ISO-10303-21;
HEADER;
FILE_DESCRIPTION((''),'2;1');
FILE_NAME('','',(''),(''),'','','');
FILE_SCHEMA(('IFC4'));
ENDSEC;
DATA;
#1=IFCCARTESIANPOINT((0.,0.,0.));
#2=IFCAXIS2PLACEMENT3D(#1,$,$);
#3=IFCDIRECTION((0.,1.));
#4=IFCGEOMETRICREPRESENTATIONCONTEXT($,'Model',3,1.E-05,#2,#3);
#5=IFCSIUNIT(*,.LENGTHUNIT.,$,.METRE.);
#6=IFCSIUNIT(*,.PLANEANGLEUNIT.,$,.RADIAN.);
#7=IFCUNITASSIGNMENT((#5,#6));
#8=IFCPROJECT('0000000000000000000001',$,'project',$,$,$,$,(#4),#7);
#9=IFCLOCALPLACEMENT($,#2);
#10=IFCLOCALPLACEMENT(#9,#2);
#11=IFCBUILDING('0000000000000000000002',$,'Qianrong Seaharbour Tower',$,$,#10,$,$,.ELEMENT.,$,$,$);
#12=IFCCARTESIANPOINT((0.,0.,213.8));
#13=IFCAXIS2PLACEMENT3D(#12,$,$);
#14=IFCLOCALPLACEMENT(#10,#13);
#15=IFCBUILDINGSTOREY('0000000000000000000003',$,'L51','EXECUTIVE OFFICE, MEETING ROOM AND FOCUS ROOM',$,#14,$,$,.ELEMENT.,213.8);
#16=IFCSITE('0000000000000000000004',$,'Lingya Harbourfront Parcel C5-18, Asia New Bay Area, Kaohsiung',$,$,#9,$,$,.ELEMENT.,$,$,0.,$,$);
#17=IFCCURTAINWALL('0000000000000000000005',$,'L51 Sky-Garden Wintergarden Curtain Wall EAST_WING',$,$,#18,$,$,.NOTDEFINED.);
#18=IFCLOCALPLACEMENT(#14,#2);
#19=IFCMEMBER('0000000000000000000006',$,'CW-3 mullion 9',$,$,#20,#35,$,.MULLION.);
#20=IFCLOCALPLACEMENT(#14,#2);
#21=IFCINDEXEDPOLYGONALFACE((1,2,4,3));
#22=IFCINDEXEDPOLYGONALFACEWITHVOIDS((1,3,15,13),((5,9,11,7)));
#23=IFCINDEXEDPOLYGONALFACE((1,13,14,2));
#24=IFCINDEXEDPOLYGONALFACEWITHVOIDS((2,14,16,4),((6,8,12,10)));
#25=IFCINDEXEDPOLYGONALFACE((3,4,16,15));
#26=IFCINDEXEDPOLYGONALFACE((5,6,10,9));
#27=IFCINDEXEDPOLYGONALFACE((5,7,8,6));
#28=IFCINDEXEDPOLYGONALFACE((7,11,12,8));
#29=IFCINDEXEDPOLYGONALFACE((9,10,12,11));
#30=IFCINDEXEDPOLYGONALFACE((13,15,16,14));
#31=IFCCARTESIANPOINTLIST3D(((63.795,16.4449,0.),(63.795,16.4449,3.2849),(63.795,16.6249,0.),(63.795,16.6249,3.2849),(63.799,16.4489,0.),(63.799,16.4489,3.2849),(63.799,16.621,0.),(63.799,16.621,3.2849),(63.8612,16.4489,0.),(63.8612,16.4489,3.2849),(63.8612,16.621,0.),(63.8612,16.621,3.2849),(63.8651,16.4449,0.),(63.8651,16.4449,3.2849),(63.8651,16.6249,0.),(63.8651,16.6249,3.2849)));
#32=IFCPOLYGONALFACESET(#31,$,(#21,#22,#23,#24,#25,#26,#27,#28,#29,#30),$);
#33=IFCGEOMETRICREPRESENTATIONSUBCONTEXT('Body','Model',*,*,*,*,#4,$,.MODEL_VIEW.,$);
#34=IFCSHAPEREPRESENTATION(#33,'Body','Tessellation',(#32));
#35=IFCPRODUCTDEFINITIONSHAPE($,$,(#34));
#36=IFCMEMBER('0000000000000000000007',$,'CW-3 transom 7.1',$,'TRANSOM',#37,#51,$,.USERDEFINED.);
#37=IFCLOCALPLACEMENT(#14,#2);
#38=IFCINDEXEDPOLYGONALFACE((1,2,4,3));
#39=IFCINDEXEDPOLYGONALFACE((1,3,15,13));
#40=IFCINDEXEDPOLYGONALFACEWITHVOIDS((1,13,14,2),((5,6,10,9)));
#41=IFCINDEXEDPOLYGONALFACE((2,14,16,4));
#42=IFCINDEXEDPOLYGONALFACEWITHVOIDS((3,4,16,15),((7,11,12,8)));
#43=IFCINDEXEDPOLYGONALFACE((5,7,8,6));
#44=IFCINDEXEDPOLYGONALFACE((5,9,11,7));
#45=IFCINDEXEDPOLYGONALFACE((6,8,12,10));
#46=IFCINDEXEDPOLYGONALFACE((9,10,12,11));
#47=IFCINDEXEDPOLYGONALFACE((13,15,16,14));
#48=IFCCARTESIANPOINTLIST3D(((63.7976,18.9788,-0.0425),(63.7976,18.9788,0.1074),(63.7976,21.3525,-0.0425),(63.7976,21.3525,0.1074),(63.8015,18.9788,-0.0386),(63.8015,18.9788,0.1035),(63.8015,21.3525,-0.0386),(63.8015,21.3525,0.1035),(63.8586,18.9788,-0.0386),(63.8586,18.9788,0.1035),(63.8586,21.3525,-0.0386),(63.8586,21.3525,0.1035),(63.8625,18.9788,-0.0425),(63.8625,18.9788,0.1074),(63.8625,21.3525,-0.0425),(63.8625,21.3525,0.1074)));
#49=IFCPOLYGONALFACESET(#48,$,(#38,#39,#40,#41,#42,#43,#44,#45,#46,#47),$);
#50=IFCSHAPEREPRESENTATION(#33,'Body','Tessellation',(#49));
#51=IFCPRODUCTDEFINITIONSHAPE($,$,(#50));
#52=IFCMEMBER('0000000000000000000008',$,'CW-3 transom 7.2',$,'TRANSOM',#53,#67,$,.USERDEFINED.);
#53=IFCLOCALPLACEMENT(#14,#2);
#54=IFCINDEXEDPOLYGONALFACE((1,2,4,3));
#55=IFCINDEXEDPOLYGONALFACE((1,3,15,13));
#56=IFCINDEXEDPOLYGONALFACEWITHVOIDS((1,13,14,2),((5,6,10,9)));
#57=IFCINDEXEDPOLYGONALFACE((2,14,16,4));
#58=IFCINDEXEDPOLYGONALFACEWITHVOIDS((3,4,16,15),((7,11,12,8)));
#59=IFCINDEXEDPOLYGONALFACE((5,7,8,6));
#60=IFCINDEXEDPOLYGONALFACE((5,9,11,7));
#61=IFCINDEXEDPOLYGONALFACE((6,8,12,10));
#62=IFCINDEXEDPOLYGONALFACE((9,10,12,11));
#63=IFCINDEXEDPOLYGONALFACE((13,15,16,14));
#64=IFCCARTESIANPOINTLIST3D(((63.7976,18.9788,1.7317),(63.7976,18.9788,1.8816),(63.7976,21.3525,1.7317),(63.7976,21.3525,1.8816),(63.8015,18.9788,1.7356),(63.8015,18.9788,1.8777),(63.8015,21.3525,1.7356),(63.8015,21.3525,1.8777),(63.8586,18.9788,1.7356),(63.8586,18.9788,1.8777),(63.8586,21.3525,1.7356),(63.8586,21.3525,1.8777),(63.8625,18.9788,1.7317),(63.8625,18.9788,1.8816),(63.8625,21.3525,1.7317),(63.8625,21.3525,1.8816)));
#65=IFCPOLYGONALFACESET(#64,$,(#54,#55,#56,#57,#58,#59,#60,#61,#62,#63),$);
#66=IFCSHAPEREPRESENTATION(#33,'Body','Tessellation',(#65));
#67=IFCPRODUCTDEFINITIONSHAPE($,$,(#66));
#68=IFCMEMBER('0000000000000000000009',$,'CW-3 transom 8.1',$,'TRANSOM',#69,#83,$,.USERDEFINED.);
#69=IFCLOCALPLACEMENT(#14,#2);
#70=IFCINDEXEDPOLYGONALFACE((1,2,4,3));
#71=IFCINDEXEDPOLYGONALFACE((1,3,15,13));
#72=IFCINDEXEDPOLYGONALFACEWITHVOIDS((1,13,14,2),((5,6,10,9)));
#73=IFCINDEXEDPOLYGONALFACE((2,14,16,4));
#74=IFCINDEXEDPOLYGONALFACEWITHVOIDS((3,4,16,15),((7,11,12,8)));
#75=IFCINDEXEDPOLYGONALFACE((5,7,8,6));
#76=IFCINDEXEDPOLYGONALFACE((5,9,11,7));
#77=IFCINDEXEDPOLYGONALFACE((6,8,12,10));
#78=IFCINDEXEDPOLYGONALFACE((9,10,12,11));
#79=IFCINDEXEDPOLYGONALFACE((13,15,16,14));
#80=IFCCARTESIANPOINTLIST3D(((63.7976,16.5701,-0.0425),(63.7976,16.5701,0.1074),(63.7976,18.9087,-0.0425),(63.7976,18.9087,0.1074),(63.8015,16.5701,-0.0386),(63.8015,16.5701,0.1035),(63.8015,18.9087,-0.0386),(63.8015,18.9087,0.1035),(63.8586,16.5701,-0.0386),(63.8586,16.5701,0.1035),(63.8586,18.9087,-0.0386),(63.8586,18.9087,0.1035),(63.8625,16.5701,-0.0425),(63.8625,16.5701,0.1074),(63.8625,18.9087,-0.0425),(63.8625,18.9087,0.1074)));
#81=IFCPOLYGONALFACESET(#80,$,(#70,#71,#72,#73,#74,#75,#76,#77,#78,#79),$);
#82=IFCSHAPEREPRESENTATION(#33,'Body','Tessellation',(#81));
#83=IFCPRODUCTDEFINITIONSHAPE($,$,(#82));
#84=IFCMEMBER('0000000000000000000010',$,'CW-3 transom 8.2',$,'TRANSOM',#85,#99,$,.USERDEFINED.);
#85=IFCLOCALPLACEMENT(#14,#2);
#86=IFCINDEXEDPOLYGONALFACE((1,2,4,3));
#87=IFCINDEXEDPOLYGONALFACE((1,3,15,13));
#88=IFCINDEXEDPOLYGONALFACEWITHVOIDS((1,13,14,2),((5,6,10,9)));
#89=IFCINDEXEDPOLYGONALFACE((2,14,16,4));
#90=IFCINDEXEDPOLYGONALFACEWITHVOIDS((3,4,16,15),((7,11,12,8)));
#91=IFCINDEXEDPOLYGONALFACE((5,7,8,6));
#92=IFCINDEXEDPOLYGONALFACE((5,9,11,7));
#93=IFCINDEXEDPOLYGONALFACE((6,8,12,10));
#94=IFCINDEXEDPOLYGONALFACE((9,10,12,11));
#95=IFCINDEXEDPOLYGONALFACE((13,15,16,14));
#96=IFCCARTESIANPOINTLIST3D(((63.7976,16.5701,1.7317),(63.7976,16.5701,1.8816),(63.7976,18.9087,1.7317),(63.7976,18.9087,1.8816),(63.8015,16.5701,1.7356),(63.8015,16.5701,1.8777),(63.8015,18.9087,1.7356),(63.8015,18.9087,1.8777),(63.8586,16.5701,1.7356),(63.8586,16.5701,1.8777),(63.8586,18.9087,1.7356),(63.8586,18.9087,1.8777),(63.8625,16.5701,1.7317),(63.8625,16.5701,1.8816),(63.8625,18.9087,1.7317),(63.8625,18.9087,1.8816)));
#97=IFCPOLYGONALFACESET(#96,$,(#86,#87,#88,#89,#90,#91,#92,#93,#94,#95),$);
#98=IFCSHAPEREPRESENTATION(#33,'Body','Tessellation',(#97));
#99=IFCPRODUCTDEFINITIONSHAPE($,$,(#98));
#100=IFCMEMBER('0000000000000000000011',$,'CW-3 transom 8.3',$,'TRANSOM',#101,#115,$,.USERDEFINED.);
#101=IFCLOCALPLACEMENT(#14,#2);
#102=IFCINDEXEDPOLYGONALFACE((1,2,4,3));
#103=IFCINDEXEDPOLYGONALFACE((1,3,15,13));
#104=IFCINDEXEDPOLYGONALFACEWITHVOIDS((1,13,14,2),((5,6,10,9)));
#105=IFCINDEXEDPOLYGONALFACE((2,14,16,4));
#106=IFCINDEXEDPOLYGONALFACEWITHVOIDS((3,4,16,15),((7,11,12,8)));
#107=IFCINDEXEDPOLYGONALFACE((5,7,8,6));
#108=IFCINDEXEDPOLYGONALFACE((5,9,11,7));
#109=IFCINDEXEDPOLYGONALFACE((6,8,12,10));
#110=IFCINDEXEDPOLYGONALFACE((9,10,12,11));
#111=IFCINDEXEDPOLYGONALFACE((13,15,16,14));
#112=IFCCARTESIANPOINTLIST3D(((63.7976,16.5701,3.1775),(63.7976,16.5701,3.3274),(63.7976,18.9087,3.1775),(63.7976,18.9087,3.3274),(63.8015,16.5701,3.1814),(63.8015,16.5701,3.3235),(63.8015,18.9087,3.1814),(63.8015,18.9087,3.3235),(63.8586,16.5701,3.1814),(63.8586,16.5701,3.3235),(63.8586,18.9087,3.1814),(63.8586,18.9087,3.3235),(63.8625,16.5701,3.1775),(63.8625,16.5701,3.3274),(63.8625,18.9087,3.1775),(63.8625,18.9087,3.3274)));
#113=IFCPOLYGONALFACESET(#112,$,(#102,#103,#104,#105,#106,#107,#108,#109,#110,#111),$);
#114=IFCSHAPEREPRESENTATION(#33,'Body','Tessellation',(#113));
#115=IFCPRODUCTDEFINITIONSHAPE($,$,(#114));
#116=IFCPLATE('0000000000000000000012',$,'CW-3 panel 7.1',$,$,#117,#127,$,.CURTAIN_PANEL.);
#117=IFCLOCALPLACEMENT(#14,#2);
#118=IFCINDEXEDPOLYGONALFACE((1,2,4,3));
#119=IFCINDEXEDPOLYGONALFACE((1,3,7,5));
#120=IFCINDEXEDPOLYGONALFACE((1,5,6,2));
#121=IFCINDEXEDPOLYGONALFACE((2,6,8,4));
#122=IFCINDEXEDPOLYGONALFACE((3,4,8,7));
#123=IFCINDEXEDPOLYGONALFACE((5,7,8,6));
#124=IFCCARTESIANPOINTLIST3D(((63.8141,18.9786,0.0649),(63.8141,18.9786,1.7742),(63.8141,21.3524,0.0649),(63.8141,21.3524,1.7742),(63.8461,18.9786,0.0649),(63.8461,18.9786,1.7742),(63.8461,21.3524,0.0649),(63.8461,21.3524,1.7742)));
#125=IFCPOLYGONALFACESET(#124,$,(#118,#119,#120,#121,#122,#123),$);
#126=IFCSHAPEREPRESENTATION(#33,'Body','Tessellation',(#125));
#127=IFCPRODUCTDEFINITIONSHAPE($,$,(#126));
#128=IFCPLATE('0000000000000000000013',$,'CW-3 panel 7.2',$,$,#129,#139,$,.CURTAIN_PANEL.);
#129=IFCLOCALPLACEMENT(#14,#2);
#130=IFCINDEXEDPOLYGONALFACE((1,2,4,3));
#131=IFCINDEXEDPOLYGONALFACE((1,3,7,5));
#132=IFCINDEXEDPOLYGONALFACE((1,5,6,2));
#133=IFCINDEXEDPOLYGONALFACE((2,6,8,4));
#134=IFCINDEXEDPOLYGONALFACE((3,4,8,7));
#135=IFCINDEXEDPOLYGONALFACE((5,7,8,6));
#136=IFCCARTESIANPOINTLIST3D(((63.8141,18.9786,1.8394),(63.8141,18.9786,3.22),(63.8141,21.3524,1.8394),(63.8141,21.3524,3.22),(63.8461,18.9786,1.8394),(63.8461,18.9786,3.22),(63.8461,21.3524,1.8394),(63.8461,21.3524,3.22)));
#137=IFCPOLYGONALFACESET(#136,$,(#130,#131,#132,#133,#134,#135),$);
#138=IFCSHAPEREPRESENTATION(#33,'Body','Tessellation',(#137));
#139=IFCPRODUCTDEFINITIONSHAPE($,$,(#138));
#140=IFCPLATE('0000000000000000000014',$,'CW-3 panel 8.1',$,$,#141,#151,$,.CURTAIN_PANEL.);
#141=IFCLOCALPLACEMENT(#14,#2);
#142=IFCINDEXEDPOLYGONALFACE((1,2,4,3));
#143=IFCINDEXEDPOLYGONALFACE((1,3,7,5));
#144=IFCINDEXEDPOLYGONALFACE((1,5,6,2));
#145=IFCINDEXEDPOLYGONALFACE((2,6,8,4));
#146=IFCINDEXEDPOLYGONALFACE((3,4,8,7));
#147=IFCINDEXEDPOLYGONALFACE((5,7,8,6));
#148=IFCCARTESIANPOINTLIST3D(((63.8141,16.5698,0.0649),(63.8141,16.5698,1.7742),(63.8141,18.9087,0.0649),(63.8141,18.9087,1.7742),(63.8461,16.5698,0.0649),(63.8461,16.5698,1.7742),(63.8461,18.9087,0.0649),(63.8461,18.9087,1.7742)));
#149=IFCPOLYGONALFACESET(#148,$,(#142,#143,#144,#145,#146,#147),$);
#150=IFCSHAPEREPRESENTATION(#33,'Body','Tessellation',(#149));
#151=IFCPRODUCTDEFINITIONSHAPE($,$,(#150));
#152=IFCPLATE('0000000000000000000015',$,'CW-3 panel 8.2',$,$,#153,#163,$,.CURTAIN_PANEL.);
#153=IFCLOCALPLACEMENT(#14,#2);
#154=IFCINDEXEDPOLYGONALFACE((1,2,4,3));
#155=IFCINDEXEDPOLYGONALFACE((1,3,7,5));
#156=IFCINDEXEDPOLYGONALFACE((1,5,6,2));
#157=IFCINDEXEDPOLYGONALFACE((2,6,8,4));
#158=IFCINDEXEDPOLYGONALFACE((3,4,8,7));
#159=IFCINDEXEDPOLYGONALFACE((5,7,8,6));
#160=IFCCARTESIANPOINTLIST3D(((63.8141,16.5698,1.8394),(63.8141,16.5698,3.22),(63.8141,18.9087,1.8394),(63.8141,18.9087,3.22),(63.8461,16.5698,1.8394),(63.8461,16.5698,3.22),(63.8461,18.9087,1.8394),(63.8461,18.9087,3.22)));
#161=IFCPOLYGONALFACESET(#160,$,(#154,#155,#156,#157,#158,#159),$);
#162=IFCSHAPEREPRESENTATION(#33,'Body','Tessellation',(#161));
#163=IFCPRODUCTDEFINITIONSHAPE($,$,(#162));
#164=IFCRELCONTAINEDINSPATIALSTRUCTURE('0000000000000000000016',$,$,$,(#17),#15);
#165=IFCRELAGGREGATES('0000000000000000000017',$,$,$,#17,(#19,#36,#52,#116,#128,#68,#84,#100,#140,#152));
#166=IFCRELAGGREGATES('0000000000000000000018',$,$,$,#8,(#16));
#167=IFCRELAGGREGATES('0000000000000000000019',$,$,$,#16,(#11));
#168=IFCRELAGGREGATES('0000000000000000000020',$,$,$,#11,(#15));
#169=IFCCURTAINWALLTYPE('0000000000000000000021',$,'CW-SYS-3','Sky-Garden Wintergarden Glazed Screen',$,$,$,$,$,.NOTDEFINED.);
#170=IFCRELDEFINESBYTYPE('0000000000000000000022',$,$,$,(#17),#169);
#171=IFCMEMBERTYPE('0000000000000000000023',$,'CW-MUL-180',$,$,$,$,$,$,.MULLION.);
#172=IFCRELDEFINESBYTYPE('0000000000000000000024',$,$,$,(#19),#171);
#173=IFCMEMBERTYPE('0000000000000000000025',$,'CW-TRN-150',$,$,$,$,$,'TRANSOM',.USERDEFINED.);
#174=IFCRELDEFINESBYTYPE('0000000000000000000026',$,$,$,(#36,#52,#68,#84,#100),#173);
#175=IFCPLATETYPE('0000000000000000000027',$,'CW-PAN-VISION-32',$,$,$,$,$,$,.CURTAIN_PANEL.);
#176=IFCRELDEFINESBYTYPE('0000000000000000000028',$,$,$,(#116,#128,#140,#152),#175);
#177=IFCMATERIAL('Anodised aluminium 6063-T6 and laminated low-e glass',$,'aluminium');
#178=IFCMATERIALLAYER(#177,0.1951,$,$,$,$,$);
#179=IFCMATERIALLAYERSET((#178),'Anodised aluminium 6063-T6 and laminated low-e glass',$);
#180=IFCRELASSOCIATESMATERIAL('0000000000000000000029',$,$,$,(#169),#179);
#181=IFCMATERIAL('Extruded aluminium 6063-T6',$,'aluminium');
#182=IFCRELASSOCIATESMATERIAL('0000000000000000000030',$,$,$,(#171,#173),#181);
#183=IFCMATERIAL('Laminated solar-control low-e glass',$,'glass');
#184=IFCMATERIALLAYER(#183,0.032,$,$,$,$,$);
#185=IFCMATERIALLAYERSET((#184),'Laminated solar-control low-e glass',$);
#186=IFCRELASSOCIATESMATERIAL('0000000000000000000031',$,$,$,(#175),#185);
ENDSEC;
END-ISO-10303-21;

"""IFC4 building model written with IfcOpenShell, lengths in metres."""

from ifc_helpers import new_model, si_unit, direction, frame, origin, origin_2d, place, context, subcontext, project, spatial, rectangle, hollow_rectangle, extrude, material, layer, layer_set, material_profile, profile_set, type_object, element, aggregate, save


model = new_model("IFC4")

# Units and contexts
model_context = context("Model", 3, precision=1e-05, world=origin(), true_north=direction((0.0, 1.0)))
body_context = subcontext(model_context, "Body", "Model", "MODEL_VIEW")
ifc_project = project(units=[si_unit("LENGTHUNIT", "METRE"), si_unit("PLANEANGLEUNIT", "RADIAN")], contexts=[model_context])

# Site, building, storey
site_placement = place(None, origin())
site = spatial("IfcSite", under=ifc_project, at=site_placement, Name="Lingya Harbourfront Parcel C5-18, Asia New Bay Area, Kaohsiung", CompositionType="ELEMENT", RefElevation=0.0)
building_placement = place(site_placement, origin())
building = spatial("IfcBuilding", under=site, at=building_placement, Name="Qianrong Seaharbour Tower", CompositionType="ELEMENT")
storey_placement = place(building_placement, frame((0.0, 0.0, 213.8)))
storey = spatial("IfcBuildingStorey", under=building, at=storey_placement, Name="L51", Description="EXECUTIVE OFFICE, MEETING ROOM AND FOCUS ROOM", CompositionType="ELEMENT", Elevation=213.8)

# Curtain wall, members, plates
ifc_material_1 = material(Name="Anodised aluminium 6063-T6 and laminated low-e glass", Category="aluminium")
ifc_layer_1 = layer(ifc_material_1, 0.1951)
ifc_layer_set_1 = layer_set([ifc_layer_1], Name="Anodised aluminium 6063-T6 and laminated low-e glass")
curtain_wall_type = type_object("IfcCurtainWallType", Name="CW-SYS-3", Description="Sky-Garden Wintergarden Glazed Screen", PredefinedType="NOTDEFINED", material=ifc_layer_set_1)
curtain_wall_placement = place(storey_placement, origin())
curtain_wall = element("IfcCurtainWall", 1, at=curtain_wall_placement, inside=storey, type_object=curtain_wall_type, Name="L51 Sky-Garden Wintergarden Curtain Wall EAST_WING", PredefinedType="NOTDEFINED")
ifc_material_2 = material(Name="Extruded aluminium 6063-T6", Category="aluminium")
ifc_material_profile_1 = material_profile(ifc_material_2, hollow_rectangle(XDim=0.0701, YDim=0.1799, WallThickness=0.0039, at=origin_2d()), Name="ALU-MUL-180x70x4")
ifc_profile_set_1 = profile_set([ifc_material_profile_1], Name="Extruded aluminium 6063-T6")
member_type_1 = type_object("IfcMemberType", Name="CW-MUL-180", PredefinedType="MULLION", material=ifc_profile_set_1)
member_1_placement = place(storey_placement, frame((63.8301, 16.5349, 0.0), z_axis=(0.0, 0.0, 1.0), x_axis=(1.0, 0.0, 0.0)))
member_1 = element("IfcMember", 2, at=member_1_placement, type_object=member_type_1, Name="CW-3 mullion 9", PredefinedType="MULLION", context=body_context, shape_type="SweptSolid", body=[
    extrude(hollow_rectangle(XDim=0.0701, YDim=0.1799, WallThickness=0.0039, at=origin_2d()), origin(), (0.0, 0.0, 1.0), 3.2849),
])
ifc_material_profile_2 = material_profile(ifc_material_2, hollow_rectangle(XDim=0.0649, YDim=0.1499, WallThickness=0.0039, at=origin_2d()), Name="ALU-TRN-150x65x4")
ifc_profile_set_2 = profile_set([ifc_material_profile_2], Name="Extruded aluminium 6063-T6")
member_type_2 = type_object("IfcMemberType", Name="CW-TRN-150", ElementType="TRANSOM", PredefinedType="USERDEFINED", material=ifc_profile_set_2)
member_2_placement = place(storey_placement, frame((63.8301, 21.3525, 0.0325), z_axis=(0.0, -1.0, 0.0), x_axis=(1.0, 0.0, 0.0)))
member_2 = element("IfcMember", 3, at=member_2_placement, type_object=member_type_2, Name="CW-3 transom 7.1", ObjectType="TRANSOM", PredefinedType="USERDEFINED", context=body_context, shape_type="SweptSolid", body=[
    extrude(hollow_rectangle(XDim=0.0649, YDim=0.1499, WallThickness=0.0039, at=origin_2d()), origin(), (0.0, 0.0, 1.0), 2.3738),
])
member_3_placement = place(storey_placement, frame((63.8301, 21.3525, 1.8066), z_axis=(0.0, -1.0, 0.0), x_axis=(1.0, 0.0, 0.0)))
member_3 = element("IfcMember", 4, at=member_3_placement, type_object=member_type_2, Name="CW-3 transom 7.2", ObjectType="TRANSOM", PredefinedType="USERDEFINED", context=body_context, shape_type="SweptSolid", body=[
    extrude(hollow_rectangle(XDim=0.0649, YDim=0.1499, WallThickness=0.0039, at=origin_2d()), origin(), (0.0, 0.0, 1.0), 2.3738),
])
member_4_placement = place(storey_placement, frame((63.8301, 18.9087, 0.0325), z_axis=(0.0, -1.0, 0.0), x_axis=(1.0, 0.0, 0.0)))
member_4 = element("IfcMember", 5, at=member_4_placement, type_object=member_type_2, Name="CW-3 transom 8.1", ObjectType="TRANSOM", PredefinedType="USERDEFINED", context=body_context, shape_type="SweptSolid", body=[
    extrude(hollow_rectangle(XDim=0.0649, YDim=0.1499, WallThickness=0.0039, at=origin_2d()), origin(), (0.0, 0.0, 1.0), 2.3386),
])
member_5_placement = place(storey_placement, frame((63.8301, 18.9087, 1.8066), z_axis=(0.0, -1.0, 0.0), x_axis=(1.0, 0.0, 0.0)))
member_5 = element("IfcMember", 6, at=member_5_placement, type_object=member_type_2, Name="CW-3 transom 8.2", ObjectType="TRANSOM", PredefinedType="USERDEFINED", context=body_context, shape_type="SweptSolid", body=[
    extrude(hollow_rectangle(XDim=0.0649, YDim=0.1499, WallThickness=0.0039, at=origin_2d()), origin(), (0.0, 0.0, 1.0), 2.3386),
])
member_6_placement = place(storey_placement, frame((63.8301, 18.9087, 3.2524), z_axis=(0.0, -1.0, 0.0), x_axis=(1.0, 0.0, 0.0)))
member_6 = element("IfcMember", 7, at=member_6_placement, type_object=member_type_2, Name="CW-3 transom 8.3", ObjectType="TRANSOM", PredefinedType="USERDEFINED", context=body_context, shape_type="SweptSolid", body=[
    extrude(hollow_rectangle(XDim=0.0649, YDim=0.1499, WallThickness=0.0039, at=origin_2d()), origin(), (0.0, 0.0, 1.0), 2.3386),
])
ifc_material_3 = material(Name="Laminated solar-control low-e glass", Category="glass")
ifc_layer_2 = layer(ifc_material_3, 0.032)
ifc_layer_set_2 = layer_set([ifc_layer_2], Name="Laminated solar-control low-e glass")
plate_type = type_object("IfcPlateType", Name="CW-PAN-VISION-32", PredefinedType="CURTAIN_PANEL", material=ifc_layer_set_2)
plate_1_placement = place(storey_placement, frame((63.8301, 20.1655, 0.0649), z_axis=(0.0, 0.0, 1.0), x_axis=(0.0, -1.0, 0.0)))
plate_1 = element("IfcPlate", 8, at=plate_1_placement, type_object=plate_type, Name="CW-3 panel 7.1", PredefinedType="CURTAIN_PANEL", context=body_context, shape_type="SweptSolid", body=[
    extrude(rectangle(XDim=2.3738, YDim=0.032, at=origin_2d()), origin(), (0.0, 0.0, 1.0), 1.7092),
])
plate_2_placement = place(storey_placement, frame((63.8301, 20.1655, 1.8394), z_axis=(0.0, 0.0, 1.0), x_axis=(0.0, -1.0, 0.0)))
plate_2 = element("IfcPlate", 9, at=plate_2_placement, type_object=plate_type, Name="CW-3 panel 7.2", PredefinedType="CURTAIN_PANEL", context=body_context, shape_type="SweptSolid", body=[
    extrude(rectangle(XDim=2.3738, YDim=0.032, at=origin_2d()), origin(), (0.0, 0.0, 1.0), 1.3806),
])
plate_3_placement = place(storey_placement, frame((63.8301, 17.7393, 0.0649), z_axis=(0.0, 0.0, 1.0), x_axis=(0.0, -1.0, 0.0)))
plate_3 = element("IfcPlate", 10, at=plate_3_placement, type_object=plate_type, Name="CW-3 panel 8.1", PredefinedType="CURTAIN_PANEL", context=body_context, shape_type="SweptSolid", body=[
    extrude(rectangle(XDim=2.3389, YDim=0.032, at=origin_2d()), origin(), (0.0, 0.0, 1.0), 1.7092),
])
plate_4_placement = place(storey_placement, frame((63.8301, 17.7393, 1.8394), z_axis=(0.0, 0.0, 1.0), x_axis=(0.0, -1.0, 0.0)))
plate_4 = element("IfcPlate", 11, at=plate_4_placement, type_object=plate_type, Name="CW-3 panel 8.2", PredefinedType="CURTAIN_PANEL", context=body_context, shape_type="SweptSolid", body=[
    extrude(rectangle(XDim=2.3389, YDim=0.032, at=origin_2d()), origin(), (0.0, 0.0, 1.0), 1.3806),
])
aggregate(curtain_wall, [member_1, member_2, member_3, plate_1, plate_2, member_4, member_5, member_6, plate_3, plate_4])

save(model, "model.ifc")
